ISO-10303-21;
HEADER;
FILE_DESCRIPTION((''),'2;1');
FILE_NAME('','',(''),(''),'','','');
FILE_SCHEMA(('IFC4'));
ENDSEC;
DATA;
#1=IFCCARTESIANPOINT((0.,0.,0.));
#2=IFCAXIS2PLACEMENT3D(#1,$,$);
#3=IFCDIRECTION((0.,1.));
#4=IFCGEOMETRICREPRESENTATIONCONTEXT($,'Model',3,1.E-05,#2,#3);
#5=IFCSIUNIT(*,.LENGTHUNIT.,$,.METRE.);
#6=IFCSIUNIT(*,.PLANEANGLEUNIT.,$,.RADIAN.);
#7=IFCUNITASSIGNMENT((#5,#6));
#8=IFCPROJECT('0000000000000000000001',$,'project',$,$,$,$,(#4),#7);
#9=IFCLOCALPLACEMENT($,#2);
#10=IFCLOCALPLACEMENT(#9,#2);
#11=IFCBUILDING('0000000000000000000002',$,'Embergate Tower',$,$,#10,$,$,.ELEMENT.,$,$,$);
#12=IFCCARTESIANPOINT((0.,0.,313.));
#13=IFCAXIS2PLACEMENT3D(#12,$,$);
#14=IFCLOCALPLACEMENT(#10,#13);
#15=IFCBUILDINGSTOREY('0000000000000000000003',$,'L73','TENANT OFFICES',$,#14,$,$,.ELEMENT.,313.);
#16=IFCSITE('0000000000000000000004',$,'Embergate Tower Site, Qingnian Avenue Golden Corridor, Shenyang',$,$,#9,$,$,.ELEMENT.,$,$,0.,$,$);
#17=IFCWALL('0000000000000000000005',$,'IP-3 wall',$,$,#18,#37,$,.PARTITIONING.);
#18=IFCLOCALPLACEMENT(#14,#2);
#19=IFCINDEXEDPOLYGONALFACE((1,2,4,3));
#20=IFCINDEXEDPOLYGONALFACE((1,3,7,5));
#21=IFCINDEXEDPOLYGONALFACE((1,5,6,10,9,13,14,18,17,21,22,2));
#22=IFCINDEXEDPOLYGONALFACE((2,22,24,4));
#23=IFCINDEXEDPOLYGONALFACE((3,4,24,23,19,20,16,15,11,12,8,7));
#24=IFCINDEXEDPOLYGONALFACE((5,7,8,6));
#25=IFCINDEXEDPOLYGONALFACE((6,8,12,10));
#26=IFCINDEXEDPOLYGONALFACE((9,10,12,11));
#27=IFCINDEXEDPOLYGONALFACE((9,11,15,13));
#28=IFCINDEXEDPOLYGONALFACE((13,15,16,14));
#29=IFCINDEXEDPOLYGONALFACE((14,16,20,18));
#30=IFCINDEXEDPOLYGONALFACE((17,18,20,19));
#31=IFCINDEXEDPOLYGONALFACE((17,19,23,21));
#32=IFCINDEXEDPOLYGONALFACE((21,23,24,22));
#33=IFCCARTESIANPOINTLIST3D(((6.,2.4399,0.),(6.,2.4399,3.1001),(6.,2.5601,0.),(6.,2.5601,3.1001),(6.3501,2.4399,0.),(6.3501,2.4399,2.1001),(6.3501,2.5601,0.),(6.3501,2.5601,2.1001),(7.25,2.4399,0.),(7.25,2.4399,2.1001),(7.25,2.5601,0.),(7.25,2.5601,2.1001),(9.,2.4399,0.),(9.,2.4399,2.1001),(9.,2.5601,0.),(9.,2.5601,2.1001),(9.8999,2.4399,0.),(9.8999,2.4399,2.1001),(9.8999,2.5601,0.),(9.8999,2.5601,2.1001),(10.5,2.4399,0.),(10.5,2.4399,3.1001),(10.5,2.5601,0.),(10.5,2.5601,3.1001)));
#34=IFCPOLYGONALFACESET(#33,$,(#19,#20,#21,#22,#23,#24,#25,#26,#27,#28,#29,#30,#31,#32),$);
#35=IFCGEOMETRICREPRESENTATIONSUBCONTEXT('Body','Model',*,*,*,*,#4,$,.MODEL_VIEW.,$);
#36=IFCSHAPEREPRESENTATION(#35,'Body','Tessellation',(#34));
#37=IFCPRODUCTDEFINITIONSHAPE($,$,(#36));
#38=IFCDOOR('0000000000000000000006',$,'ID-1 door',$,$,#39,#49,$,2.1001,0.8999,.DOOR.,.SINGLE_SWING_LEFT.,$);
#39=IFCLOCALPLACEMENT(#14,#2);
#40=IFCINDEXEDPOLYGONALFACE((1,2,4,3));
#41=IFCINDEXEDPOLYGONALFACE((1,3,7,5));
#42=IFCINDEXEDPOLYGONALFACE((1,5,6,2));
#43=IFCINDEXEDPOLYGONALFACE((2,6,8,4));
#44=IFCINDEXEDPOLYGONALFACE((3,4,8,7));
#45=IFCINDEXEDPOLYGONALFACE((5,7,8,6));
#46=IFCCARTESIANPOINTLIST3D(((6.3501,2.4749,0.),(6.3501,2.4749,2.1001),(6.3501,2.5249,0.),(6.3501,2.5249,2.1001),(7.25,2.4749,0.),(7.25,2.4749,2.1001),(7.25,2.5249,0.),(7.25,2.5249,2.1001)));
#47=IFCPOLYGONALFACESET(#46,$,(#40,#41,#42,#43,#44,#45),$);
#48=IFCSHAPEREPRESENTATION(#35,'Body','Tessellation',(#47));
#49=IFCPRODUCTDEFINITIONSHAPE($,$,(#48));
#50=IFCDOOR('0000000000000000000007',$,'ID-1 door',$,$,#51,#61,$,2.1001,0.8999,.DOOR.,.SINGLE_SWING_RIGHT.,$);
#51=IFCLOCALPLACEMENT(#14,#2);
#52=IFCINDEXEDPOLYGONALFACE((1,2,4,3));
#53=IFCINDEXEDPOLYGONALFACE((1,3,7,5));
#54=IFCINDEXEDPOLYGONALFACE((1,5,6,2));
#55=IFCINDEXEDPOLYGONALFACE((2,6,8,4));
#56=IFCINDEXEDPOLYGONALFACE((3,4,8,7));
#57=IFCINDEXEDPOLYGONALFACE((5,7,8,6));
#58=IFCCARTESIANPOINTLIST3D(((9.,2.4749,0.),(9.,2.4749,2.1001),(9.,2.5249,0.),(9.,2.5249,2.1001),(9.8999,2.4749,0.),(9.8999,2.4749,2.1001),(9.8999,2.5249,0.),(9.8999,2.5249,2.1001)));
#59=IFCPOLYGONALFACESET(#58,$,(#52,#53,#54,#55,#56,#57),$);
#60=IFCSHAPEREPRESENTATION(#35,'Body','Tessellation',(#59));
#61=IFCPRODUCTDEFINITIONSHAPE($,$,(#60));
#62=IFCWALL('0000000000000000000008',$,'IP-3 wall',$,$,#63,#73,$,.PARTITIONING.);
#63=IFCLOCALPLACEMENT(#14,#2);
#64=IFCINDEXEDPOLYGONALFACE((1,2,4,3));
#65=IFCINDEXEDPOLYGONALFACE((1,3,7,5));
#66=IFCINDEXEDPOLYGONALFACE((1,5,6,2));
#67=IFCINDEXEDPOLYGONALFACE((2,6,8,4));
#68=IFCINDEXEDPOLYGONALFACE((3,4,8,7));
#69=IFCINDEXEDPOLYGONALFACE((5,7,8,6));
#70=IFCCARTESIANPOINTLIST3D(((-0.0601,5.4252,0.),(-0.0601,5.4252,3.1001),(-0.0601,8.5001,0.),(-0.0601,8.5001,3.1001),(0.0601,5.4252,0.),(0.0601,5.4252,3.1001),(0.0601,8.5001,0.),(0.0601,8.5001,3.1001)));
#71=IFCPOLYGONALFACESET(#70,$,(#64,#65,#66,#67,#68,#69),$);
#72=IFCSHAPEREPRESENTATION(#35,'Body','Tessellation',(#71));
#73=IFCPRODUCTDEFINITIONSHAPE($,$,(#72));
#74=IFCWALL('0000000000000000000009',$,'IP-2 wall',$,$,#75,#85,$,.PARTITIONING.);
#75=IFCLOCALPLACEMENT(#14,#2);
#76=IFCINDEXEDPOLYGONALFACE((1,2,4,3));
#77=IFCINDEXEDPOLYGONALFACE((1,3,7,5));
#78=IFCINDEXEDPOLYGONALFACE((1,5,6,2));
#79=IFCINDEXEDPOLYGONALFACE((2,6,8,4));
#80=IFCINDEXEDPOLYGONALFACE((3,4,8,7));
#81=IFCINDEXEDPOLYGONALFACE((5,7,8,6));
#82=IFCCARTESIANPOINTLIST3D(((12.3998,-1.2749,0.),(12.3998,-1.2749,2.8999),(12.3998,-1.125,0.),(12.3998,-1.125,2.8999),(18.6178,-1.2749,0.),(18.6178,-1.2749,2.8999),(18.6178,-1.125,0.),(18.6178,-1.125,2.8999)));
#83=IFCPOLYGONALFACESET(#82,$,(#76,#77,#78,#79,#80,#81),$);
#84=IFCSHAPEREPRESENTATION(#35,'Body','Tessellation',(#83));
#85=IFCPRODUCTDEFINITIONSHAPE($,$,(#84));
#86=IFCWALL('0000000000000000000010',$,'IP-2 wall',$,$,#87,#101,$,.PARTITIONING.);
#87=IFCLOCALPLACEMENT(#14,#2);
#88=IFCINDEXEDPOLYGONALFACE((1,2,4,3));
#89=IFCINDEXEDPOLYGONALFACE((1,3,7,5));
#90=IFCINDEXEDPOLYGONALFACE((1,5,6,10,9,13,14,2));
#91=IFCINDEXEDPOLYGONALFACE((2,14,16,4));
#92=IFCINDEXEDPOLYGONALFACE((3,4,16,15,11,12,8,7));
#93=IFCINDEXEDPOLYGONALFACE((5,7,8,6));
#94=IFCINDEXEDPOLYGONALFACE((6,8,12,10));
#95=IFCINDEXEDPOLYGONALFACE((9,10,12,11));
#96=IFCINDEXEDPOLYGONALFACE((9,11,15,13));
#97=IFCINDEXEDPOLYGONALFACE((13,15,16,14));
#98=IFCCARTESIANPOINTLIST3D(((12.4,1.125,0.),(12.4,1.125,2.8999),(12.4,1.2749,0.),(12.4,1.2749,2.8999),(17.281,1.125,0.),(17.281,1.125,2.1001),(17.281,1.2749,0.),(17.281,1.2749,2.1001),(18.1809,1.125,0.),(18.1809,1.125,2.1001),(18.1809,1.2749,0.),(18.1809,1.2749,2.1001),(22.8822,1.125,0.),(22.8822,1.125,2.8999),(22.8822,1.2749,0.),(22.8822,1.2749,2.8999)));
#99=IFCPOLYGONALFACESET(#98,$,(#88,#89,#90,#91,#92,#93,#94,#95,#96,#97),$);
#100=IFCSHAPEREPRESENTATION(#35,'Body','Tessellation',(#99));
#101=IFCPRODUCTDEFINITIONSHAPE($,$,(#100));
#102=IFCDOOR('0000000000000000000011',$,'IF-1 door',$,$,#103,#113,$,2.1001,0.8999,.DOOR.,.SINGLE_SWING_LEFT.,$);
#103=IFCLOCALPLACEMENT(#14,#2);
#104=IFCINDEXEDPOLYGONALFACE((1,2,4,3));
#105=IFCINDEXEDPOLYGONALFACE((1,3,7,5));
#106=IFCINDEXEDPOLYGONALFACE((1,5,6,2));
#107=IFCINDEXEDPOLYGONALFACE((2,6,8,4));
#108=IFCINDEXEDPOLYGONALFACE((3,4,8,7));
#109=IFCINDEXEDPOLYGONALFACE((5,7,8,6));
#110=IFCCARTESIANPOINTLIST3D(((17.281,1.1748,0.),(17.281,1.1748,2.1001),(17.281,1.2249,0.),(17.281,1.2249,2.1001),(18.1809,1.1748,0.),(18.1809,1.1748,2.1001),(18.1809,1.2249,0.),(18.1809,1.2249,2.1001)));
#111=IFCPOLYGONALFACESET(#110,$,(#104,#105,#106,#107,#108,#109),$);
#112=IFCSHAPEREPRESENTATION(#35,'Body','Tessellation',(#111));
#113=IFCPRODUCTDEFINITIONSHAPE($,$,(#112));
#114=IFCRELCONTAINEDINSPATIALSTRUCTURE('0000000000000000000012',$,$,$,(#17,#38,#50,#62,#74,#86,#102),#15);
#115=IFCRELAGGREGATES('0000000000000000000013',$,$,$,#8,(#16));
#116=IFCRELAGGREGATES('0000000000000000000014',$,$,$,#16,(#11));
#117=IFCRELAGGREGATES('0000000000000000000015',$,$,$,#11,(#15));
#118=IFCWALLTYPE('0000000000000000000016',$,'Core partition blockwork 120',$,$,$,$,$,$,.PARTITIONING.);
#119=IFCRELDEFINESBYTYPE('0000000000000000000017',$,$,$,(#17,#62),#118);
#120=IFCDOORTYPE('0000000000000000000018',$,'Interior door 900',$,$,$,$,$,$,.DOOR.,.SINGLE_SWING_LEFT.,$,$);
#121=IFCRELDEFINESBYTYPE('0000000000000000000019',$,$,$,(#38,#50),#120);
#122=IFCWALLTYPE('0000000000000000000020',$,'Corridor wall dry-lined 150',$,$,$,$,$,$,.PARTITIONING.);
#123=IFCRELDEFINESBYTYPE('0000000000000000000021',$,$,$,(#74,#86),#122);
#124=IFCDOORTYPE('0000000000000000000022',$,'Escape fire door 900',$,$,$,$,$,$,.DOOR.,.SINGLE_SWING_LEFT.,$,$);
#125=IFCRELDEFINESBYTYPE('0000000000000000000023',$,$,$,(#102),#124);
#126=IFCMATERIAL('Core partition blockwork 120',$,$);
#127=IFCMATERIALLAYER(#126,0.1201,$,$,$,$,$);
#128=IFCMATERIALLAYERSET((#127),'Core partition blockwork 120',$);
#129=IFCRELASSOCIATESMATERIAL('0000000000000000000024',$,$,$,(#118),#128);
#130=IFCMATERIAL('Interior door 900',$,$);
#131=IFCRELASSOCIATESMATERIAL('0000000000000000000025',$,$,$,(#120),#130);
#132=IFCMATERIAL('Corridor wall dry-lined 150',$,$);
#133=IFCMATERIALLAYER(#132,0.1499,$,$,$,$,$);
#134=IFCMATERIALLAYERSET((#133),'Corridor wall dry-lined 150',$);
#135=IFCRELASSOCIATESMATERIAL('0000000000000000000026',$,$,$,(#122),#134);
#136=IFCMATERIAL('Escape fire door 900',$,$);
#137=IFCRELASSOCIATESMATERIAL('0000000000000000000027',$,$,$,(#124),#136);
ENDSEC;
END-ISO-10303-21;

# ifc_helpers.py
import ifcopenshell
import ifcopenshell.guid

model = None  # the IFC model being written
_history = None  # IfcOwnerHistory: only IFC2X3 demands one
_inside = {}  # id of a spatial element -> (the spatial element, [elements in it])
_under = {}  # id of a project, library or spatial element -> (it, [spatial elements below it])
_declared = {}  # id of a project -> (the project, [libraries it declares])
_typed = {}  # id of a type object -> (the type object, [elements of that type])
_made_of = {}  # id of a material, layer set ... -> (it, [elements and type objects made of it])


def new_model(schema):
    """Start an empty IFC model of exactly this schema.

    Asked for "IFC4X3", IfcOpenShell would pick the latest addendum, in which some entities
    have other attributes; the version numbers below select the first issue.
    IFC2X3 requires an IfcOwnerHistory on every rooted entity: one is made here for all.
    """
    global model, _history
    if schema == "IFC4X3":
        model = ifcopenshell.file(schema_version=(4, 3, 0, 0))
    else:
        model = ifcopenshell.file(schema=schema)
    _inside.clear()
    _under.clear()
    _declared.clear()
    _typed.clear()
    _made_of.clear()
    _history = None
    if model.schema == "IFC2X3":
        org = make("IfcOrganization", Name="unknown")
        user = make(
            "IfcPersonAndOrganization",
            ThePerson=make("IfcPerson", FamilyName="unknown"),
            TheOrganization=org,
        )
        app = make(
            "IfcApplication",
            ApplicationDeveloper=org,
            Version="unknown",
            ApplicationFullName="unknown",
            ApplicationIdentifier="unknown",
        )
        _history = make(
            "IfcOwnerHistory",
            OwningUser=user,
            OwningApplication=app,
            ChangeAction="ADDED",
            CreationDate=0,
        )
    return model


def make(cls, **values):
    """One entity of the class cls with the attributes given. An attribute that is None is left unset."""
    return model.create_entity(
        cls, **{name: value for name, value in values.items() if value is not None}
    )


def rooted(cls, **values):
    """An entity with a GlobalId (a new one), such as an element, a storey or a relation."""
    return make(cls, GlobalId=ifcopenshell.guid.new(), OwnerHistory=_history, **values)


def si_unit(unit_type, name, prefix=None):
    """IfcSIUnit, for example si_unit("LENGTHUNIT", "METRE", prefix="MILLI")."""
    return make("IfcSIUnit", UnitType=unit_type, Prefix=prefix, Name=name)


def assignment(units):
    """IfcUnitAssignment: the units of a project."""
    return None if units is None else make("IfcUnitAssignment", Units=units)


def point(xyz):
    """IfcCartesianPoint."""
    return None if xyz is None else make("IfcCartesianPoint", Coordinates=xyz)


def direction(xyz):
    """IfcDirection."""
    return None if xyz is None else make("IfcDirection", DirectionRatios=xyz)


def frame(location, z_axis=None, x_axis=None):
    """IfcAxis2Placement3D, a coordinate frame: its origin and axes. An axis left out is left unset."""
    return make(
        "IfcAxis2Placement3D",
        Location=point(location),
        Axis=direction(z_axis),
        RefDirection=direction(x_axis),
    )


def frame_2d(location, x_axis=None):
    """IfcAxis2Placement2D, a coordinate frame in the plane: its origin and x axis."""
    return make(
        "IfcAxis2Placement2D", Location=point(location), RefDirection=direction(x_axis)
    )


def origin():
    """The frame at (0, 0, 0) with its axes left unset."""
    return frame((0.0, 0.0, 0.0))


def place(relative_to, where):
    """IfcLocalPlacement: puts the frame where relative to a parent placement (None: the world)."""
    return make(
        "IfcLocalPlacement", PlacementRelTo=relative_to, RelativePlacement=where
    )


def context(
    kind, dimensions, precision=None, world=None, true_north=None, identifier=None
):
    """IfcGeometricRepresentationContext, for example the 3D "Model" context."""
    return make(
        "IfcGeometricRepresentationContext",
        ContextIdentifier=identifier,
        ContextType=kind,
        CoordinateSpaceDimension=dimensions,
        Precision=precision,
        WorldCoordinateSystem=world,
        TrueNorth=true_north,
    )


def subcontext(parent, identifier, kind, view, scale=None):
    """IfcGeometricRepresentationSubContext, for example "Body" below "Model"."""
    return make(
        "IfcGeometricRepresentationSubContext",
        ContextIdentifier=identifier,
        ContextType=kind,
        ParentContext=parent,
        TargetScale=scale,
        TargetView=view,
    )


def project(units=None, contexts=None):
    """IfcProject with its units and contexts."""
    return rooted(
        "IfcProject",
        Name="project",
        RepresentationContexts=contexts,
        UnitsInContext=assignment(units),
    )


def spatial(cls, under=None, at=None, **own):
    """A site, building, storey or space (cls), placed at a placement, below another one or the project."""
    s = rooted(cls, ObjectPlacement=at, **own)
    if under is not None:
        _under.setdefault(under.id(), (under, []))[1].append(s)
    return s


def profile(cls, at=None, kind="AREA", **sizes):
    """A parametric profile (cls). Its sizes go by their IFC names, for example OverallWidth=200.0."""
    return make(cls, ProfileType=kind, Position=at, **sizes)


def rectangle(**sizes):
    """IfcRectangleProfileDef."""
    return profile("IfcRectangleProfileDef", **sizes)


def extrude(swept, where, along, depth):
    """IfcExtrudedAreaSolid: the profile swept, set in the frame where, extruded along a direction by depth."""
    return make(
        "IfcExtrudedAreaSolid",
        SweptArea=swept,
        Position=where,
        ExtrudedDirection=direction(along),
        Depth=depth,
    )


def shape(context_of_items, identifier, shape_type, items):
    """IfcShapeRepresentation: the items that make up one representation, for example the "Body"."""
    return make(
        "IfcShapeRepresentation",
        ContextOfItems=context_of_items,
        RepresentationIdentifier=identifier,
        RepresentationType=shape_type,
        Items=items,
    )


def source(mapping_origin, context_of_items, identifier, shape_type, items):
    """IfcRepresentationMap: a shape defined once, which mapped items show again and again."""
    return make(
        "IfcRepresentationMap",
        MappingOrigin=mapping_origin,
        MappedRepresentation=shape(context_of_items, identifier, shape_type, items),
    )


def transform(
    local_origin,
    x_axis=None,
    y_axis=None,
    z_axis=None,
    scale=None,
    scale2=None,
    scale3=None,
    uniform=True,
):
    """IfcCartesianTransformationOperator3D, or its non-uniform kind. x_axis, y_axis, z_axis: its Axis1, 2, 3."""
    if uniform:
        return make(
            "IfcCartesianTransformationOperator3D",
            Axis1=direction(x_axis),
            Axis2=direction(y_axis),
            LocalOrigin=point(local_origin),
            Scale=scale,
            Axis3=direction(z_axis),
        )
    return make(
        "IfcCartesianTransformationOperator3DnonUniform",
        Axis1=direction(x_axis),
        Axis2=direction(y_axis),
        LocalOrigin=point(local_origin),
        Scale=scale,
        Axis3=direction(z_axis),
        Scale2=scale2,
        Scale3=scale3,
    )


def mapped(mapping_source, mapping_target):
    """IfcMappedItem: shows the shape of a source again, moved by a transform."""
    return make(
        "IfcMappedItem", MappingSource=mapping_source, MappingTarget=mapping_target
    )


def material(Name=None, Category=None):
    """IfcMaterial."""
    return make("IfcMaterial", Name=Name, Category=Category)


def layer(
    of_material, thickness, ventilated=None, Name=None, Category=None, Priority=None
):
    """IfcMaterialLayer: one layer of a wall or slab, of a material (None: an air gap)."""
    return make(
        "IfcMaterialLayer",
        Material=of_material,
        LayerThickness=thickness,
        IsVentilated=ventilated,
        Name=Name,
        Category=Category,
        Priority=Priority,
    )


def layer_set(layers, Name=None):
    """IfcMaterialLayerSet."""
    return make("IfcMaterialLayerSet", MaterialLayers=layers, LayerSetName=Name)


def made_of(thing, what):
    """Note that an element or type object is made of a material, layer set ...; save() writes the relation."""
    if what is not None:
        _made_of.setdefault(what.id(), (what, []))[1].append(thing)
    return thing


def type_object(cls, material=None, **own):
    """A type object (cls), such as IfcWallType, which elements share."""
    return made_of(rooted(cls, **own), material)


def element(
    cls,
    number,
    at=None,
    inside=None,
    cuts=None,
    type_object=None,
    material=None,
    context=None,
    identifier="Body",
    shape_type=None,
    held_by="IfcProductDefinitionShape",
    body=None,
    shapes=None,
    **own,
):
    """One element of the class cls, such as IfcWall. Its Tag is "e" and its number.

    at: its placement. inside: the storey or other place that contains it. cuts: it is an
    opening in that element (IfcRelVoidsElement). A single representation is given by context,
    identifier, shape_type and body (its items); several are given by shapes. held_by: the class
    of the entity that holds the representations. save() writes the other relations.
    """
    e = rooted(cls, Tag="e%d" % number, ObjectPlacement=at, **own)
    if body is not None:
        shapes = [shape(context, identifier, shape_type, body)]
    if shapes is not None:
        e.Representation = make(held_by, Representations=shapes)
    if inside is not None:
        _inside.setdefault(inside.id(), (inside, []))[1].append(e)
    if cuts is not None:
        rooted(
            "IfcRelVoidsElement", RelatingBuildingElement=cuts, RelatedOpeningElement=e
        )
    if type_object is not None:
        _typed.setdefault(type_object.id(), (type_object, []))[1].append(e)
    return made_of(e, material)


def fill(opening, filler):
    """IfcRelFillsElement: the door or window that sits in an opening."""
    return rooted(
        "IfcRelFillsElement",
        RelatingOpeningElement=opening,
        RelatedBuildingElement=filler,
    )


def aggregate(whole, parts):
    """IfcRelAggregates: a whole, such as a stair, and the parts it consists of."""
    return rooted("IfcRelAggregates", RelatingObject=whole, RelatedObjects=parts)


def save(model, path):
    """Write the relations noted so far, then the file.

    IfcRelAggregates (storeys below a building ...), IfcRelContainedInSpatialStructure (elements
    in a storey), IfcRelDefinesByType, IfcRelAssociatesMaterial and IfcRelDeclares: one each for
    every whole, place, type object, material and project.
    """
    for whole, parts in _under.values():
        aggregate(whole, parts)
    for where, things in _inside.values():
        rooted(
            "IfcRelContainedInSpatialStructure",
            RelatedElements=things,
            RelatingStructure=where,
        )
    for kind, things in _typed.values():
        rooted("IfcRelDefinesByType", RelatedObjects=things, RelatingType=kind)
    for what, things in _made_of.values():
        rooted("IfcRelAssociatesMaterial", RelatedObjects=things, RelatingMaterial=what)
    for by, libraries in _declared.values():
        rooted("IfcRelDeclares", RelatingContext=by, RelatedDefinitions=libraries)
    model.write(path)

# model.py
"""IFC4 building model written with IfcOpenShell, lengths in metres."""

from ifc_helpers import new_model, si_unit, direction, frame, frame_2d, origin, place, context, subcontext, project, spatial, rectangle, extrude, source, transform, mapped, material, layer, layer_set, type_object, element, fill, save


model = new_model("IFC4")

# Units and contexts
model_context = context("Model", 3, precision=1e-05, world=origin(), true_north=direction((0.0, 1.0)))
body_context = subcontext(model_context, "Body", "Model", "MODEL_VIEW")
ifc_project = project(units=[si_unit("LENGTHUNIT", "METRE"), si_unit("PLANEANGLEUNIT", "RADIAN")], contexts=[model_context])

# Site, building, storey
site_placement = place(None, origin())
site = spatial("IfcSite", under=ifc_project, at=site_placement, Name="Embergate Tower Site, Qingnian Avenue Golden Corridor, Shenyang", CompositionType="ELEMENT", RefElevation=0.0)
building_placement = place(site_placement, origin())
building = spatial("IfcBuilding", under=site, at=building_placement, Name="Embergate Tower", CompositionType="ELEMENT")
storey_placement = place(building_placement, frame((0.0, 0.0, 313.0)))
storey = spatial("IfcBuildingStorey", under=building, at=storey_placement, Name="L73", Description="TENANT OFFICES", CompositionType="ELEMENT", Elevation=313.0)

# Shared definitions
ifc_material_1 = material(Name="Core partition blockwork 120")
ifc_layer_1 = layer(ifc_material_1, 0.1201)
ifc_layer_set_1 = layer_set([ifc_layer_1], Name="Core partition blockwork 120")
wall_type_1 = type_object("IfcWallType", Name="Core partition blockwork 120", PredefinedType="PARTITIONING", material=ifc_layer_set_1)

# Wall, openings, doors
shared_shape_1 = source(origin(), body_context, "Body", "SweptSolid", [
    extrude(rectangle(XDim=4.5, YDim=0.1201, at=frame_2d((2.25, 0.0))), origin(), (0.0, 0.0, 1.0), 3.1001),
])
wall_1_placement = place(storey_placement, frame((6.0, 2.5, 0.0), z_axis=(0.0, 0.0, 1.0), x_axis=(1.0, 0.0, 0.0)))
wall_1 = element("IfcWall", 1, at=wall_1_placement, inside=storey, type_object=wall_type_1, Name="IP-3 wall", PredefinedType="PARTITIONING", context=body_context, shape_type="MappedRepresentation", body=[
    mapped(shared_shape_1, transform((0.0, 0.0, 0.0))),
])
shared_shape_2 = source(origin(), body_context, "Body", "SweptSolid", [
    extrude(rectangle(XDim=0.8999, YDim=2.1001, at=frame_2d((0.45, 1.05))), frame((0.0, 0.0701, 0.0), z_axis=(0.0, -1.0, 0.0), x_axis=(1.0, 0.0, 0.0)), (0.0, 0.0, 1.0), 0.1401),
])
opening_1_placement = place(wall_1_placement, frame((0.3501, 0.0, 0.0)))
opening_1 = element("IfcOpeningElement", 2, at=opening_1_placement, cuts=wall_1, PredefinedType="OPENING", context=body_context, shape_type="MappedRepresentation", body=[
    mapped(shared_shape_2, transform((0.0, 0.0, 0.0))),
])
opening_2_placement = place(wall_1_placement, frame((3.0, 0.0, 0.0)))
opening_2 = element("IfcOpeningElement", 3, at=opening_2_placement, cuts=wall_1, PredefinedType="OPENING", context=body_context, shape_type="MappedRepresentation", body=[
    mapped(shared_shape_2, transform((0.0, 0.0, 0.0))),
])
ifc_material_2 = material(Name="Interior door 900")
door_type_1 = type_object("IfcDoorType", Name="Interior door 900", OperationType="SINGLE_SWING_LEFT", PredefinedType="DOOR", material=ifc_material_2)
shared_shape_3 = source(origin(), body_context, "Body", "SweptSolid", [
    extrude(rectangle(XDim=0.8999, YDim=2.1001, at=frame_2d((0.45, 1.05))), frame((0.0, 0.0249, 0.0), z_axis=(0.0, -1.0, 0.0), x_axis=(1.0, 0.0, 0.0)), (0.0, 0.0, 1.0), 0.05),
])
door_1_placement = place(opening_1_placement, origin())
door_1 = element("IfcDoor", 4, at=door_1_placement, inside=storey, type_object=door_type_1, Name="ID-1 door", OperationType="SINGLE_SWING_LEFT", OverallHeight=2.1001, OverallWidth=0.8999, PredefinedType="DOOR", context=body_context, shape_type="MappedRepresentation", body=[
    mapped(shared_shape_3, transform((0.0, 0.0, 0.0))),
])
fill(opening_1, door_1)
door_2_placement = place(opening_2_placement, origin())
door_2 = element("IfcDoor", 5, at=door_2_placement, inside=storey, type_object=door_type_1, Name="ID-1 door", OperationType="SINGLE_SWING_RIGHT", OverallHeight=2.1001, OverallWidth=0.8999, PredefinedType="DOOR", context=body_context, shape_type="MappedRepresentation", body=[
    mapped(shared_shape_3, transform((0.0, 0.0, 0.0))),
])
fill(opening_2, door_2)

# Walls
shared_shape_4 = source(origin(), body_context, "Body", "SweptSolid", [
    extrude(rectangle(XDim=3.075, YDim=0.1201, at=frame_2d((1.5376, 0.0))), origin(), (0.0, 0.0, 1.0), 3.1001),
])
wall_2_placement = place(storey_placement, frame((0.0, 5.425, 0.0), z_axis=(0.0, 0.0, 1.0), x_axis=(0.0, 1.0, 0.0)))
element("IfcWall", 6, at=wall_2_placement, inside=storey, type_object=wall_type_1, Name="IP-3 wall", PredefinedType="PARTITIONING", context=body_context, shape_type="MappedRepresentation", body=[
    mapped(shared_shape_4, transform((0.0, 0.0, 0.0))),
])
ifc_material_3 = material(Name="Corridor wall dry-lined 150")
ifc_layer_2 = layer(ifc_material_3, 0.1499)
ifc_layer_set_2 = layer_set([ifc_layer_2], Name="Corridor wall dry-lined 150")
wall_type_2 = type_object("IfcWallType", Name="Corridor wall dry-lined 150", PredefinedType="PARTITIONING", material=ifc_layer_set_2)
shared_shape_5 = source(origin(), body_context, "Body", "SweptSolid", [
    extrude(rectangle(XDim=6.218, YDim=0.1499, at=frame_2d((3.1089, 0.0))), origin(), (0.0, 0.0, 1.0), 2.8999),
])
wall_3_placement = place(storey_placement, frame((12.3999, -1.2, 0.0), z_axis=(0.0, 0.0, 1.0), x_axis=(1.0, 0.0, 0.0)))
element("IfcWall", 7, at=wall_3_placement, inside=storey, type_object=wall_type_2, Name="IP-2 wall", PredefinedType="PARTITIONING", context=body_context, shape_type="MappedRepresentation", body=[
    mapped(shared_shape_5, transform((0.0, 0.0, 0.0))),
])

# Wall, opening, door
shared_shape_6 = source(origin(), body_context, "Body", "SweptSolid", [
    extrude(rectangle(XDim=10.4822, YDim=0.1499, at=frame_2d((5.2412, 0.0))), origin(), (0.0, 0.0, 1.0), 2.8999),
])
wall_4_placement = place(storey_placement, frame((12.3999, 1.2, 0.0), z_axis=(0.0, 0.0, 1.0), x_axis=(1.0, 0.0, 0.0)))
wall_4 = element("IfcWall", 8, at=wall_4_placement, inside=storey, type_object=wall_type_2, Name="IP-2 wall", PredefinedType="PARTITIONING", context=body_context, shape_type="MappedRepresentation", body=[
    mapped(shared_shape_6, transform((0.0, 0.0, 0.0))),
])
shared_shape_7 = source(origin(), body_context, "Body", "SweptSolid", [
    extrude(rectangle(XDim=0.8999, YDim=2.1001, at=frame_2d((0.45, 1.05))), frame((0.0, 0.085, 0.0), z_axis=(0.0, -1.0, 0.0), x_axis=(1.0, 0.0, 0.0)), (0.0, 0.0, 1.0), 0.1699),
])
opening_3_placement = place(wall_4_placement, frame((4.8811, 0.0, 0.0)))
opening_3 = element("IfcOpeningElement", 9, at=opening_3_placement, cuts=wall_4, PredefinedType="OPENING", context=body_context, shape_type="MappedRepresentation", body=[
    mapped(shared_shape_7, transform((0.0, 0.0, 0.0))),
])
ifc_material_4 = material(Name="Escape fire door 900")
door_type_2 = type_object("IfcDoorType", Name="Escape fire door 900", OperationType="SINGLE_SWING_LEFT", PredefinedType="DOOR", material=ifc_material_4)
door_3_placement = place(opening_3_placement, origin())
door_3 = element("IfcDoor", 10, at=door_3_placement, inside=storey, type_object=door_type_2, Name="IF-1 door", OperationType="SINGLE_SWING_LEFT", OverallHeight=2.1001, OverallWidth=0.8999, PredefinedType="DOOR", context=body_context, shape_type="MappedRepresentation", body=[
    mapped(shared_shape_3, transform((0.0, 0.0, 0.0))),
])
fill(opening_3, door_3)

save(model, "model.ifc")
